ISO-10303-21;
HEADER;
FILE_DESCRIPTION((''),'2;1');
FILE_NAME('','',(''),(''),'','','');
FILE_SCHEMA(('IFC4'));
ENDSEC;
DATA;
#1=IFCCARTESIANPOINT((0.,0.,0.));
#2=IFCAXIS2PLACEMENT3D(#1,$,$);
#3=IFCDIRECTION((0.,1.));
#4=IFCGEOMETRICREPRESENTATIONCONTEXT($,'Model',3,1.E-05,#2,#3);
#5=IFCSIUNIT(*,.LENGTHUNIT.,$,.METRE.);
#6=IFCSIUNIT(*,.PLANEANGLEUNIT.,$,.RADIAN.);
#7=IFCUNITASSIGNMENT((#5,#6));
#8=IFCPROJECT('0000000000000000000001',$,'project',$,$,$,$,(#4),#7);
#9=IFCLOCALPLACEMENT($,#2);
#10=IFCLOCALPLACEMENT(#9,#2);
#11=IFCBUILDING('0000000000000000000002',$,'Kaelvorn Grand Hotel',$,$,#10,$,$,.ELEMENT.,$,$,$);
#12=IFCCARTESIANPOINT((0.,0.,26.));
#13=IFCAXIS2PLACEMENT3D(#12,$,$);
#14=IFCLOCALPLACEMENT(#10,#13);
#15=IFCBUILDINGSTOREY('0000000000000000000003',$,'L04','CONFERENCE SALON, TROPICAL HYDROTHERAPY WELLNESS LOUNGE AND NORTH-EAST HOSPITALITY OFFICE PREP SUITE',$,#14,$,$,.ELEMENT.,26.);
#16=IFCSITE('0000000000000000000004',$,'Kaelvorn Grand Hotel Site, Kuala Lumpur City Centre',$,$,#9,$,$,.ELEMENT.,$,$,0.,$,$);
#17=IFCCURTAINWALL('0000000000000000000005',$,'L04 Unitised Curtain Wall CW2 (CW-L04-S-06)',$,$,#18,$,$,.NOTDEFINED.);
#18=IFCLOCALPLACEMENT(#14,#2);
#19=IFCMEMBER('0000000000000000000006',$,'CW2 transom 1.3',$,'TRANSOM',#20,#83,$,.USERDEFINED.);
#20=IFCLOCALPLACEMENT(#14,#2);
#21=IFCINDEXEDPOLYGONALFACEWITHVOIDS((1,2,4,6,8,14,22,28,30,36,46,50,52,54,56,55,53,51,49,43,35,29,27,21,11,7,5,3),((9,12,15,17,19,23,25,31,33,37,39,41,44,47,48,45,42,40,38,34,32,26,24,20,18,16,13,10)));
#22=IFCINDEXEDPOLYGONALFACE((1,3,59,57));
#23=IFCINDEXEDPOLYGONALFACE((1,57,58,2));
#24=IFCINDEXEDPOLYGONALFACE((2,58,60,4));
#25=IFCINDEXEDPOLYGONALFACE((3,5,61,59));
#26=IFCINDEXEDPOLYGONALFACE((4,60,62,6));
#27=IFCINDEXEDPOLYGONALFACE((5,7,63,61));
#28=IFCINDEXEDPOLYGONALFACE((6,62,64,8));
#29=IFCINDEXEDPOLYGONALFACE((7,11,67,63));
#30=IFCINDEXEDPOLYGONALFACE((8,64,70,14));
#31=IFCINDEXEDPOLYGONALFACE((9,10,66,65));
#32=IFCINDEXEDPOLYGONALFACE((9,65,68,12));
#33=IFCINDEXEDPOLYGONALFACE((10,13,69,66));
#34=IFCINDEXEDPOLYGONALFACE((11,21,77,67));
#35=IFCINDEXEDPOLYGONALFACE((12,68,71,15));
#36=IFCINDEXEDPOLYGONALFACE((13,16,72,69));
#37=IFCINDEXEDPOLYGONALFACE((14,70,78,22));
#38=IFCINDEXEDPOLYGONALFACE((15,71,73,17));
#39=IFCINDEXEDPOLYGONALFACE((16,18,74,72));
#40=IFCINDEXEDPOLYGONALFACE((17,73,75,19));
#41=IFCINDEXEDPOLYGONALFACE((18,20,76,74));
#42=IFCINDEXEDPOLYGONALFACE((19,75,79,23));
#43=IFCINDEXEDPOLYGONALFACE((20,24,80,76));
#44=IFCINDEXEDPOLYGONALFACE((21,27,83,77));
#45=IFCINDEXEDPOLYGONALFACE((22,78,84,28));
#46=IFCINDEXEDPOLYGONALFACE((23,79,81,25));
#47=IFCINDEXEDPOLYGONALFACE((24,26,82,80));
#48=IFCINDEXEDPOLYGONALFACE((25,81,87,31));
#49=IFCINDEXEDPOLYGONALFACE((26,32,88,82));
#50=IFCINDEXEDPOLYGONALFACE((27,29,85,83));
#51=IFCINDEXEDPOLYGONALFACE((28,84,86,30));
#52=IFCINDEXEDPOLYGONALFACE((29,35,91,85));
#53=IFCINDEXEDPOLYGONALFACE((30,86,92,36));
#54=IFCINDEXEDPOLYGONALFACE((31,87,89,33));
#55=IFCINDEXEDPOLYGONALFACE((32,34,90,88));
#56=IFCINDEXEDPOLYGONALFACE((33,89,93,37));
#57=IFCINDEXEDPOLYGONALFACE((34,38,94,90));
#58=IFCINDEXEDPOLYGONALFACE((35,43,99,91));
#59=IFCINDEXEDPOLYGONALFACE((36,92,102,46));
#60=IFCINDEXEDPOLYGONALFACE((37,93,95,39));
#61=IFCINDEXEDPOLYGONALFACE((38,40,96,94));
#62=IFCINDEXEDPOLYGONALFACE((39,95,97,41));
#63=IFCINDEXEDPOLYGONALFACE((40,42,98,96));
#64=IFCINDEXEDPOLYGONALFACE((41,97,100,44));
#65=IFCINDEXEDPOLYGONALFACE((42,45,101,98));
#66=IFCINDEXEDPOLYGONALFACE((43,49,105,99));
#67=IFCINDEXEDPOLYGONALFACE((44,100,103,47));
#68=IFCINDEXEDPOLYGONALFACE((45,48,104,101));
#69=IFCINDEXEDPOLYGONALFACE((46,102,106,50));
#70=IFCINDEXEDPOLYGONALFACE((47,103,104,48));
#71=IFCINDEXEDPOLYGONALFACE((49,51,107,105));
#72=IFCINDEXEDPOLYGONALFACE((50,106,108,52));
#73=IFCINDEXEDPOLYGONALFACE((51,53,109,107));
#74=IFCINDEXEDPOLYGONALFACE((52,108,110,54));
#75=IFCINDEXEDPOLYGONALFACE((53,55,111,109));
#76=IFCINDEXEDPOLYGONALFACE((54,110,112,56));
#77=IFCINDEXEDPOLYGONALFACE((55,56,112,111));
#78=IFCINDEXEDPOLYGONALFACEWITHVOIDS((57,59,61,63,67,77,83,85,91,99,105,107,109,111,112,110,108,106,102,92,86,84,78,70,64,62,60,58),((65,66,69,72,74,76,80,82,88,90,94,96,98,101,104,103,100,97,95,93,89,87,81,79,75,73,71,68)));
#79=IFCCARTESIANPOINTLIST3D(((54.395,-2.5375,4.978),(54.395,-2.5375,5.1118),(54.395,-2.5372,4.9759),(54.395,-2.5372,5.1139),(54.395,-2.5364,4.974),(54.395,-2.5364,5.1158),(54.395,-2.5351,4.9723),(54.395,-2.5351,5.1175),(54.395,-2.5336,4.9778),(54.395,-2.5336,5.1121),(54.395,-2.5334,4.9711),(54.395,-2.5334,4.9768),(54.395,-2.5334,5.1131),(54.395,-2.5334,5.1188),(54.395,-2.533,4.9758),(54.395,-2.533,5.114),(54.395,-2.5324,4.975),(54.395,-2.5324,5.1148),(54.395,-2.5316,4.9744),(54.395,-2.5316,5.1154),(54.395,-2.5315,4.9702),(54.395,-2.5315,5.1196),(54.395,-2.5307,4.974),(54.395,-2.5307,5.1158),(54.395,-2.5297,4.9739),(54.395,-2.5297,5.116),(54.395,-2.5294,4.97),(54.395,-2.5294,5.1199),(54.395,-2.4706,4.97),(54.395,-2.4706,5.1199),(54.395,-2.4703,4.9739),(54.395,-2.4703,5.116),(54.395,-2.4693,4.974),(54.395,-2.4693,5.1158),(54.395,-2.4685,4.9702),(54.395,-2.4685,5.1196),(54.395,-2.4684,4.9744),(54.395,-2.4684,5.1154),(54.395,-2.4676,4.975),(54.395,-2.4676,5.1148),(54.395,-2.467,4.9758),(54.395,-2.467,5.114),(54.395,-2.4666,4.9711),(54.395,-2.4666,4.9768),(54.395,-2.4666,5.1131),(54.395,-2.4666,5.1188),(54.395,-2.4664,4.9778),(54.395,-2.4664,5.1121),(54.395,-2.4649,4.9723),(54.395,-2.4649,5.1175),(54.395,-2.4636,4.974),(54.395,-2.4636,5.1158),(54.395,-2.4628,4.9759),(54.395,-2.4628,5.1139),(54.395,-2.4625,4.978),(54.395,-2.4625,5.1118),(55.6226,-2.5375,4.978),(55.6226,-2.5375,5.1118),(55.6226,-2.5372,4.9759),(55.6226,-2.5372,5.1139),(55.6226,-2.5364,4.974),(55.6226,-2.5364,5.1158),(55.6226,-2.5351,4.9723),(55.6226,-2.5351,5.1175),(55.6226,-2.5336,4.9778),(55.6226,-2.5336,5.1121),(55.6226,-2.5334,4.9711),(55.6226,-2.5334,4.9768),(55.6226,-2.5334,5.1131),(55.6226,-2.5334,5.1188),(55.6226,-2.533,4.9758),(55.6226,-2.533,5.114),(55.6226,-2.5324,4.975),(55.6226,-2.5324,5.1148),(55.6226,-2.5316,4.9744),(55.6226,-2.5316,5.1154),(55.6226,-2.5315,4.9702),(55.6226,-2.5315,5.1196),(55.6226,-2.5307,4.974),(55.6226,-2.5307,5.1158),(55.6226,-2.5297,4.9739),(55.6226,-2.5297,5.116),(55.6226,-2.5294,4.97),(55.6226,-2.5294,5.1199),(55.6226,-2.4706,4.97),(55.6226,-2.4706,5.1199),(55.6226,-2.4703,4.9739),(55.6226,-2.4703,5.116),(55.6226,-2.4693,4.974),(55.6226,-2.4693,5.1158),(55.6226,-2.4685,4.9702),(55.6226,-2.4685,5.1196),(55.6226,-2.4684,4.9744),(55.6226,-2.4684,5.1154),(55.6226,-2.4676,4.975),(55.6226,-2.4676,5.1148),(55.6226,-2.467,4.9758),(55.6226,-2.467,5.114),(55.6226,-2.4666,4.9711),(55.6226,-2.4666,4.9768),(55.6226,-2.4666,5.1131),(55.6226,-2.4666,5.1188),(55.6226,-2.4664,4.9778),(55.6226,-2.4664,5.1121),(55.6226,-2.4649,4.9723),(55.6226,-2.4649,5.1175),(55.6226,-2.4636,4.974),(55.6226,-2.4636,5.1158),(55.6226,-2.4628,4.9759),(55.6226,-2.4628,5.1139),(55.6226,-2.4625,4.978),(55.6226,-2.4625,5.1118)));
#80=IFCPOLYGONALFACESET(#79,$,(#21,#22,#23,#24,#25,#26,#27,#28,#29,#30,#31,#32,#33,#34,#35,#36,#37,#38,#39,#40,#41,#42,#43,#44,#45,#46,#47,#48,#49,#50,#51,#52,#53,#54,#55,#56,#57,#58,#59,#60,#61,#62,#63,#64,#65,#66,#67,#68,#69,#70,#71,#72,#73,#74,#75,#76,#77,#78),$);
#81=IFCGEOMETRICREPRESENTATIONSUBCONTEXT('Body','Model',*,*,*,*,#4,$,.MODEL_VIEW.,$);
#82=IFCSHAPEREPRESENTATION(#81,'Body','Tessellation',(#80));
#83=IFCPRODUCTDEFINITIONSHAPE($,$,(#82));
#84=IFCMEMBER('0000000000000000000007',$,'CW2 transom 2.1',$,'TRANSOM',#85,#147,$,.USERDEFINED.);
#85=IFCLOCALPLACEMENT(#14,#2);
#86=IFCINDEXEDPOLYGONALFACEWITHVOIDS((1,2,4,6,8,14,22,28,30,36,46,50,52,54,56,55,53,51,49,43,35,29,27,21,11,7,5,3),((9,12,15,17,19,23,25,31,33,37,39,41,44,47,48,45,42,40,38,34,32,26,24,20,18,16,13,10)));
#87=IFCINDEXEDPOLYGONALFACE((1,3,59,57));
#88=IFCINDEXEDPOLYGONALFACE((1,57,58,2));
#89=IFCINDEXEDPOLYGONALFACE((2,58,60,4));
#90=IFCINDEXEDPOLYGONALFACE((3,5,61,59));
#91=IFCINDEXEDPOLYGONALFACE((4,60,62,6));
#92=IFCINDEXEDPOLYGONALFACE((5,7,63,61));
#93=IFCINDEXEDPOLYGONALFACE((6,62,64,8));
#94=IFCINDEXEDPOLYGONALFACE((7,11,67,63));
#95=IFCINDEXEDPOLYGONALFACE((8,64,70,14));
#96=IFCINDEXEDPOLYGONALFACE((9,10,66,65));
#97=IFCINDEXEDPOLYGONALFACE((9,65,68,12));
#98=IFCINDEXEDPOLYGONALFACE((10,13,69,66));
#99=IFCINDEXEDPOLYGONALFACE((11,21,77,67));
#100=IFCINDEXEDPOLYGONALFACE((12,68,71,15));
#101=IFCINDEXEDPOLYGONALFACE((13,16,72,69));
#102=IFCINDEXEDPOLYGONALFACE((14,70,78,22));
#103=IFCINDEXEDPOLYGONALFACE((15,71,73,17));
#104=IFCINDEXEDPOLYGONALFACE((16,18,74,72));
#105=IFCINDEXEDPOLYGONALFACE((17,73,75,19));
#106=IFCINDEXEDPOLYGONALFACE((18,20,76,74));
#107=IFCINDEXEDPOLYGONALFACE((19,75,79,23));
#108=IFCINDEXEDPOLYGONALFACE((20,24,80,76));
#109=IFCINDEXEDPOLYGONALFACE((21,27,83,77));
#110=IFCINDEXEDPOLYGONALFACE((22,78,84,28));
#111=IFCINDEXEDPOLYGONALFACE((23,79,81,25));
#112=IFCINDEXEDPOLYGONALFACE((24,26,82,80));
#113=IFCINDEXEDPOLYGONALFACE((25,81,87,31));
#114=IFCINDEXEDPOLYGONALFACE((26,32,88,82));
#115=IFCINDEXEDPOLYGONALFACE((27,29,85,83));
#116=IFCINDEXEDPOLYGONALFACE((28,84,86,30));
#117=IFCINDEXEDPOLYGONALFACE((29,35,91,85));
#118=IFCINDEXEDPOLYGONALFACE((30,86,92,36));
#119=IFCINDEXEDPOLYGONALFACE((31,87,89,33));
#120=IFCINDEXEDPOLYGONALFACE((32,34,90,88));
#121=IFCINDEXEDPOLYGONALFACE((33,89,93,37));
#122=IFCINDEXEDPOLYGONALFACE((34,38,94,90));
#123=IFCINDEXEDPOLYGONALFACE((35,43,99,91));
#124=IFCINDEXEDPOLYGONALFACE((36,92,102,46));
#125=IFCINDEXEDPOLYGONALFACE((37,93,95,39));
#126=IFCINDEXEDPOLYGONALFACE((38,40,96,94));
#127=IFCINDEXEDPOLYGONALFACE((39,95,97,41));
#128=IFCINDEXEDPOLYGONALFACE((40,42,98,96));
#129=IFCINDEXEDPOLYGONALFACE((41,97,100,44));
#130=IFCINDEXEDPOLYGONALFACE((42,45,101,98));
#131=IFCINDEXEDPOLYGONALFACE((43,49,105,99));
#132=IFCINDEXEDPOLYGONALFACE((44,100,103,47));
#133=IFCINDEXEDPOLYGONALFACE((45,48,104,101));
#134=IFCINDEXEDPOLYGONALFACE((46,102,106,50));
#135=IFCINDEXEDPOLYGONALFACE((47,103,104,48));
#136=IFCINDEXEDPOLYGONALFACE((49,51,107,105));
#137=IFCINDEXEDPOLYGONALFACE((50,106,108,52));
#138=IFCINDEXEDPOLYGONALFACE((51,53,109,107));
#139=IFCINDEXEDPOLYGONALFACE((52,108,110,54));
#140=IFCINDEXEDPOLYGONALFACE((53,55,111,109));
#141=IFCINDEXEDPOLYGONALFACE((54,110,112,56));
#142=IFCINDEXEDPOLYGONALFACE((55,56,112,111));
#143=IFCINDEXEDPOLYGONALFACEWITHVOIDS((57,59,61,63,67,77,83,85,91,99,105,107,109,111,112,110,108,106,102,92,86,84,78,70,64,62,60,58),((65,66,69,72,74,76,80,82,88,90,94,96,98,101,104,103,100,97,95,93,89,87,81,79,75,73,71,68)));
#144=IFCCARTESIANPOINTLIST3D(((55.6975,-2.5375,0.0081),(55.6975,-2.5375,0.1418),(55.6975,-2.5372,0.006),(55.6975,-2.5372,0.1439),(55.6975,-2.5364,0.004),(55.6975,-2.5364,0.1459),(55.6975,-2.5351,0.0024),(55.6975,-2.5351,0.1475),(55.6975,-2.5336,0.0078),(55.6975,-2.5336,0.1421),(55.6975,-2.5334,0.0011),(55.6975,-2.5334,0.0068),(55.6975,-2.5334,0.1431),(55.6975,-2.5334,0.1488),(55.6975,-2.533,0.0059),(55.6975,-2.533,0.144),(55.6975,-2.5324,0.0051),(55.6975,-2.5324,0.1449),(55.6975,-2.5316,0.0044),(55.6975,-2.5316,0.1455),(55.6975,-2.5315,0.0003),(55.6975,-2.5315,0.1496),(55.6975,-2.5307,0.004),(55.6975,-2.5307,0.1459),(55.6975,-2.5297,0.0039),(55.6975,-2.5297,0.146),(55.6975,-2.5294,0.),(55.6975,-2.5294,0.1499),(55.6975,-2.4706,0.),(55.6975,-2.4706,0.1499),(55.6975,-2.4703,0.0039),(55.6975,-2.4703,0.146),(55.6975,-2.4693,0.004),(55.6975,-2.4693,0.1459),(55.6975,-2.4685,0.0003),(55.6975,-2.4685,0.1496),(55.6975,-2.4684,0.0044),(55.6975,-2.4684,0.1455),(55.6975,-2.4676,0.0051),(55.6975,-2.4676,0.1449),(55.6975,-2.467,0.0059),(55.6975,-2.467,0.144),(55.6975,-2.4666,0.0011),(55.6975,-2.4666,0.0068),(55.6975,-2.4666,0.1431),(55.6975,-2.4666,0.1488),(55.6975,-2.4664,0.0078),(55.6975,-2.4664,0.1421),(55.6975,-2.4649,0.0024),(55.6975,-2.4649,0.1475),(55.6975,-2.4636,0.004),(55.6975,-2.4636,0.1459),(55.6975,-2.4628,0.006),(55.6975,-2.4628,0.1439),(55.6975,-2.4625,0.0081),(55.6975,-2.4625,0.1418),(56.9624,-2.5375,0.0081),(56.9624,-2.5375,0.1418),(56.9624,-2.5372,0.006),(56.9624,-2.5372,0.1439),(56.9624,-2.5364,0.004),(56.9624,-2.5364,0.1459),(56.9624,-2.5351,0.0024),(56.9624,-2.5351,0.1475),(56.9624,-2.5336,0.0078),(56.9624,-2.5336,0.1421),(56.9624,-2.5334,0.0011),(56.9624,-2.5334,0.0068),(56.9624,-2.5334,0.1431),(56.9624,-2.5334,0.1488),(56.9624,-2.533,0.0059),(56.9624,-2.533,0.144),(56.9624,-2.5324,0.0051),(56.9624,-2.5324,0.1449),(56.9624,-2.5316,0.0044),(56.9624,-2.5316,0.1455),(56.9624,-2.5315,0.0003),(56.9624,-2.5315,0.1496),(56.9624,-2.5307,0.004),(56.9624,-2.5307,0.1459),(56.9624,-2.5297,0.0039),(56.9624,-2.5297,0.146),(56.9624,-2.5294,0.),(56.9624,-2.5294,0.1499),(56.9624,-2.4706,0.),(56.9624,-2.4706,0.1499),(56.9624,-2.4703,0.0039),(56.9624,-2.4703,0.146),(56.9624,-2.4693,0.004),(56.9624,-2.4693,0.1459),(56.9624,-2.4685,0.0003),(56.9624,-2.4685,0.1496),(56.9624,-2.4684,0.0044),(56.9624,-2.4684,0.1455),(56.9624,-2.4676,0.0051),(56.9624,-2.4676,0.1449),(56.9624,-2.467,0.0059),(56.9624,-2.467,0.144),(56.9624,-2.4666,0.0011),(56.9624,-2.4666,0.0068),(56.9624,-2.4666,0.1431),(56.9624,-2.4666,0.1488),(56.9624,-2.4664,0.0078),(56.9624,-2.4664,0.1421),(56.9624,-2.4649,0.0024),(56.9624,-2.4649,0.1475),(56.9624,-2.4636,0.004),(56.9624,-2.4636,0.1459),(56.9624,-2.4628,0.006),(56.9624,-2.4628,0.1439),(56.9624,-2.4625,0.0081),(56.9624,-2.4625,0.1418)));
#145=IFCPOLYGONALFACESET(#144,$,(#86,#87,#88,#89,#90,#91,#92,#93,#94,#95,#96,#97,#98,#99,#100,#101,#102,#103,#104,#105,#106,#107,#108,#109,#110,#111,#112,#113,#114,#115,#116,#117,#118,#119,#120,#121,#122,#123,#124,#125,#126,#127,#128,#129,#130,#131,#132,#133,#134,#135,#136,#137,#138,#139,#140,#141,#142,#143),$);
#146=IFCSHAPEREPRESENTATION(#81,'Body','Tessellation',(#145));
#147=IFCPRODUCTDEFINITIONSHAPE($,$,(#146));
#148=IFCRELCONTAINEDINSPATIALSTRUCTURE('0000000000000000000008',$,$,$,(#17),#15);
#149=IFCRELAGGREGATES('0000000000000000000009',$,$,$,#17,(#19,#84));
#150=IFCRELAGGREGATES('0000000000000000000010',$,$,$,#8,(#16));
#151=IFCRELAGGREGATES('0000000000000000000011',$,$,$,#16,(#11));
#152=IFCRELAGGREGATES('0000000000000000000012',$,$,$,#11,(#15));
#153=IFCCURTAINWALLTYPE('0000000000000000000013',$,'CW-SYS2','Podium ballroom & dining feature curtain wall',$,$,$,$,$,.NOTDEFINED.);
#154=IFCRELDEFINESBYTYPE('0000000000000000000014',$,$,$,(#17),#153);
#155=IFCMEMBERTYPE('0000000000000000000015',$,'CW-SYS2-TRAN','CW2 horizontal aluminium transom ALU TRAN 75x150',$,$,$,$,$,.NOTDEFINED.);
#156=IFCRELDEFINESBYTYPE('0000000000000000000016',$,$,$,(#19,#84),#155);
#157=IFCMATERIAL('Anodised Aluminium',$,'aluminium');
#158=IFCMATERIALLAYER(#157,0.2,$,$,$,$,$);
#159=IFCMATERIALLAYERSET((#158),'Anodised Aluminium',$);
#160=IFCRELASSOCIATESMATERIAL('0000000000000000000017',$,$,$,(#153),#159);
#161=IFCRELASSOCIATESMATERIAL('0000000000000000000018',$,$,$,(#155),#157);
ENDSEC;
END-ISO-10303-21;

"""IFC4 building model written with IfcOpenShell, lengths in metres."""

from ifc_helpers import new_model, si_unit, direction, frame, origin, origin_2d, place, context, subcontext, project, spatial, hollow_rectangle, extrude, material, layer, layer_set, material_profile, profile_set, type_object, element, aggregate, save


model = new_model("IFC4")

# Units and contexts
model_context = context("Model", 3, precision=1e-05, world=origin(), true_north=direction((0.0, 1.0)))
body_context = subcontext(model_context, "Body", "Model", "MODEL_VIEW")
ifc_project = project(units=[si_unit("LENGTHUNIT", "METRE"), si_unit("PLANEANGLEUNIT", "RADIAN")], contexts=[model_context])

# Site, building, storey
site_placement = place(None, origin())
site = spatial("IfcSite", under=ifc_project, at=site_placement, Name="Kaelvorn Grand Hotel Site, Kuala Lumpur City Centre", CompositionType="ELEMENT", RefElevation=0.0)
building_placement = place(site_placement, origin())
building = spatial("IfcBuilding", under=site, at=building_placement, Name="Kaelvorn Grand Hotel", CompositionType="ELEMENT")
storey_placement = place(building_placement, frame((0.0, 0.0, 26.0)))
storey = spatial("IfcBuildingStorey", under=building, at=storey_placement, Name="L04", Description="CONFERENCE SALON, TROPICAL HYDROTHERAPY WELLNESS LOUNGE AND NORTH-EAST HOSPITALITY OFFICE PREP SUITE", CompositionType="ELEMENT", Elevation=26.0)

# Curtain wall, members
ifc_material_1 = material(Name="Anodised Aluminium", Category="aluminium")
ifc_layer_1 = layer(ifc_material_1, 0.2)
ifc_layer_set_1 = layer_set([ifc_layer_1], Name="Anodised Aluminium")
curtain_wall_type = type_object("IfcCurtainWallType", Name="CW-SYS2", Description="Podium ballroom & dining feature curtain wall", PredefinedType="NOTDEFINED", material=ifc_layer_set_1)
curtain_wall_placement = place(storey_placement, origin())
curtain_wall = element("IfcCurtainWall", 1, at=curtain_wall_placement, inside=storey, type_object=curtain_wall_type, Name="L04 Unitised Curtain Wall CW2 (CW-L04-S-06)", PredefinedType="NOTDEFINED")
ifc_material_profile_1 = material_profile(ifc_material_1, hollow_rectangle(XDim=0.075, YDim=0.1499, WallThickness=0.0039, InnerFilletRadius=0.0039, OuterFilletRadius=0.0081, at=origin_2d()), Name="ALU TRAN 75x150")
ifc_profile_set_1 = profile_set([ifc_material_profile_1], Name="Anodised Aluminium")
member_type_1 = type_object("IfcMemberType", Name="CW-SYS2-TRAN", Description="CW2 horizontal aluminium transom ALU TRAN 75x150", PredefinedType="NOTDEFINED", material=ifc_profile_set_1)
member_1_placement = place(storey_placement, frame((54.395, -2.5, 5.0449), z_axis=(1.0, 0.0, 0.0), x_axis=(0.0, 1.0, 0.0)))
member_1 = element("IfcMember", 2, at=member_1_placement, type_object=member_type_1, Name="CW2 transom 1.3", ObjectType="TRANSOM", PredefinedType="USERDEFINED", context=body_context, shape_type="SweptSolid", body=[
    extrude(hollow_rectangle(XDim=0.075, YDim=0.1499, WallThickness=0.0039, InnerFilletRadius=0.0039, OuterFilletRadius=0.0081, at=origin_2d()), origin(), (0.0, 0.0, 1.0), 1.2275),
])
member_2_placement = place(storey_placement, frame((55.6975, -2.5, 0.075), z_axis=(1.0, 0.0, 0.0), x_axis=(0.0, 1.0, 0.0)))
member_2 = element("IfcMember", 3, at=member_2_placement, type_object=member_type_1, Name="CW2 transom 2.1", ObjectType="TRANSOM", PredefinedType="USERDEFINED", context=body_context, shape_type="SweptSolid", body=[
    extrude(hollow_rectangle(XDim=0.075, YDim=0.1499, WallThickness=0.0039, InnerFilletRadius=0.0039, OuterFilletRadius=0.0081, at=origin_2d()), origin(), (0.0, 0.0, 1.0), 1.2649),
])
aggregate(curtain_wall, [member_1, member_2])

save(model, "model.ifc")
